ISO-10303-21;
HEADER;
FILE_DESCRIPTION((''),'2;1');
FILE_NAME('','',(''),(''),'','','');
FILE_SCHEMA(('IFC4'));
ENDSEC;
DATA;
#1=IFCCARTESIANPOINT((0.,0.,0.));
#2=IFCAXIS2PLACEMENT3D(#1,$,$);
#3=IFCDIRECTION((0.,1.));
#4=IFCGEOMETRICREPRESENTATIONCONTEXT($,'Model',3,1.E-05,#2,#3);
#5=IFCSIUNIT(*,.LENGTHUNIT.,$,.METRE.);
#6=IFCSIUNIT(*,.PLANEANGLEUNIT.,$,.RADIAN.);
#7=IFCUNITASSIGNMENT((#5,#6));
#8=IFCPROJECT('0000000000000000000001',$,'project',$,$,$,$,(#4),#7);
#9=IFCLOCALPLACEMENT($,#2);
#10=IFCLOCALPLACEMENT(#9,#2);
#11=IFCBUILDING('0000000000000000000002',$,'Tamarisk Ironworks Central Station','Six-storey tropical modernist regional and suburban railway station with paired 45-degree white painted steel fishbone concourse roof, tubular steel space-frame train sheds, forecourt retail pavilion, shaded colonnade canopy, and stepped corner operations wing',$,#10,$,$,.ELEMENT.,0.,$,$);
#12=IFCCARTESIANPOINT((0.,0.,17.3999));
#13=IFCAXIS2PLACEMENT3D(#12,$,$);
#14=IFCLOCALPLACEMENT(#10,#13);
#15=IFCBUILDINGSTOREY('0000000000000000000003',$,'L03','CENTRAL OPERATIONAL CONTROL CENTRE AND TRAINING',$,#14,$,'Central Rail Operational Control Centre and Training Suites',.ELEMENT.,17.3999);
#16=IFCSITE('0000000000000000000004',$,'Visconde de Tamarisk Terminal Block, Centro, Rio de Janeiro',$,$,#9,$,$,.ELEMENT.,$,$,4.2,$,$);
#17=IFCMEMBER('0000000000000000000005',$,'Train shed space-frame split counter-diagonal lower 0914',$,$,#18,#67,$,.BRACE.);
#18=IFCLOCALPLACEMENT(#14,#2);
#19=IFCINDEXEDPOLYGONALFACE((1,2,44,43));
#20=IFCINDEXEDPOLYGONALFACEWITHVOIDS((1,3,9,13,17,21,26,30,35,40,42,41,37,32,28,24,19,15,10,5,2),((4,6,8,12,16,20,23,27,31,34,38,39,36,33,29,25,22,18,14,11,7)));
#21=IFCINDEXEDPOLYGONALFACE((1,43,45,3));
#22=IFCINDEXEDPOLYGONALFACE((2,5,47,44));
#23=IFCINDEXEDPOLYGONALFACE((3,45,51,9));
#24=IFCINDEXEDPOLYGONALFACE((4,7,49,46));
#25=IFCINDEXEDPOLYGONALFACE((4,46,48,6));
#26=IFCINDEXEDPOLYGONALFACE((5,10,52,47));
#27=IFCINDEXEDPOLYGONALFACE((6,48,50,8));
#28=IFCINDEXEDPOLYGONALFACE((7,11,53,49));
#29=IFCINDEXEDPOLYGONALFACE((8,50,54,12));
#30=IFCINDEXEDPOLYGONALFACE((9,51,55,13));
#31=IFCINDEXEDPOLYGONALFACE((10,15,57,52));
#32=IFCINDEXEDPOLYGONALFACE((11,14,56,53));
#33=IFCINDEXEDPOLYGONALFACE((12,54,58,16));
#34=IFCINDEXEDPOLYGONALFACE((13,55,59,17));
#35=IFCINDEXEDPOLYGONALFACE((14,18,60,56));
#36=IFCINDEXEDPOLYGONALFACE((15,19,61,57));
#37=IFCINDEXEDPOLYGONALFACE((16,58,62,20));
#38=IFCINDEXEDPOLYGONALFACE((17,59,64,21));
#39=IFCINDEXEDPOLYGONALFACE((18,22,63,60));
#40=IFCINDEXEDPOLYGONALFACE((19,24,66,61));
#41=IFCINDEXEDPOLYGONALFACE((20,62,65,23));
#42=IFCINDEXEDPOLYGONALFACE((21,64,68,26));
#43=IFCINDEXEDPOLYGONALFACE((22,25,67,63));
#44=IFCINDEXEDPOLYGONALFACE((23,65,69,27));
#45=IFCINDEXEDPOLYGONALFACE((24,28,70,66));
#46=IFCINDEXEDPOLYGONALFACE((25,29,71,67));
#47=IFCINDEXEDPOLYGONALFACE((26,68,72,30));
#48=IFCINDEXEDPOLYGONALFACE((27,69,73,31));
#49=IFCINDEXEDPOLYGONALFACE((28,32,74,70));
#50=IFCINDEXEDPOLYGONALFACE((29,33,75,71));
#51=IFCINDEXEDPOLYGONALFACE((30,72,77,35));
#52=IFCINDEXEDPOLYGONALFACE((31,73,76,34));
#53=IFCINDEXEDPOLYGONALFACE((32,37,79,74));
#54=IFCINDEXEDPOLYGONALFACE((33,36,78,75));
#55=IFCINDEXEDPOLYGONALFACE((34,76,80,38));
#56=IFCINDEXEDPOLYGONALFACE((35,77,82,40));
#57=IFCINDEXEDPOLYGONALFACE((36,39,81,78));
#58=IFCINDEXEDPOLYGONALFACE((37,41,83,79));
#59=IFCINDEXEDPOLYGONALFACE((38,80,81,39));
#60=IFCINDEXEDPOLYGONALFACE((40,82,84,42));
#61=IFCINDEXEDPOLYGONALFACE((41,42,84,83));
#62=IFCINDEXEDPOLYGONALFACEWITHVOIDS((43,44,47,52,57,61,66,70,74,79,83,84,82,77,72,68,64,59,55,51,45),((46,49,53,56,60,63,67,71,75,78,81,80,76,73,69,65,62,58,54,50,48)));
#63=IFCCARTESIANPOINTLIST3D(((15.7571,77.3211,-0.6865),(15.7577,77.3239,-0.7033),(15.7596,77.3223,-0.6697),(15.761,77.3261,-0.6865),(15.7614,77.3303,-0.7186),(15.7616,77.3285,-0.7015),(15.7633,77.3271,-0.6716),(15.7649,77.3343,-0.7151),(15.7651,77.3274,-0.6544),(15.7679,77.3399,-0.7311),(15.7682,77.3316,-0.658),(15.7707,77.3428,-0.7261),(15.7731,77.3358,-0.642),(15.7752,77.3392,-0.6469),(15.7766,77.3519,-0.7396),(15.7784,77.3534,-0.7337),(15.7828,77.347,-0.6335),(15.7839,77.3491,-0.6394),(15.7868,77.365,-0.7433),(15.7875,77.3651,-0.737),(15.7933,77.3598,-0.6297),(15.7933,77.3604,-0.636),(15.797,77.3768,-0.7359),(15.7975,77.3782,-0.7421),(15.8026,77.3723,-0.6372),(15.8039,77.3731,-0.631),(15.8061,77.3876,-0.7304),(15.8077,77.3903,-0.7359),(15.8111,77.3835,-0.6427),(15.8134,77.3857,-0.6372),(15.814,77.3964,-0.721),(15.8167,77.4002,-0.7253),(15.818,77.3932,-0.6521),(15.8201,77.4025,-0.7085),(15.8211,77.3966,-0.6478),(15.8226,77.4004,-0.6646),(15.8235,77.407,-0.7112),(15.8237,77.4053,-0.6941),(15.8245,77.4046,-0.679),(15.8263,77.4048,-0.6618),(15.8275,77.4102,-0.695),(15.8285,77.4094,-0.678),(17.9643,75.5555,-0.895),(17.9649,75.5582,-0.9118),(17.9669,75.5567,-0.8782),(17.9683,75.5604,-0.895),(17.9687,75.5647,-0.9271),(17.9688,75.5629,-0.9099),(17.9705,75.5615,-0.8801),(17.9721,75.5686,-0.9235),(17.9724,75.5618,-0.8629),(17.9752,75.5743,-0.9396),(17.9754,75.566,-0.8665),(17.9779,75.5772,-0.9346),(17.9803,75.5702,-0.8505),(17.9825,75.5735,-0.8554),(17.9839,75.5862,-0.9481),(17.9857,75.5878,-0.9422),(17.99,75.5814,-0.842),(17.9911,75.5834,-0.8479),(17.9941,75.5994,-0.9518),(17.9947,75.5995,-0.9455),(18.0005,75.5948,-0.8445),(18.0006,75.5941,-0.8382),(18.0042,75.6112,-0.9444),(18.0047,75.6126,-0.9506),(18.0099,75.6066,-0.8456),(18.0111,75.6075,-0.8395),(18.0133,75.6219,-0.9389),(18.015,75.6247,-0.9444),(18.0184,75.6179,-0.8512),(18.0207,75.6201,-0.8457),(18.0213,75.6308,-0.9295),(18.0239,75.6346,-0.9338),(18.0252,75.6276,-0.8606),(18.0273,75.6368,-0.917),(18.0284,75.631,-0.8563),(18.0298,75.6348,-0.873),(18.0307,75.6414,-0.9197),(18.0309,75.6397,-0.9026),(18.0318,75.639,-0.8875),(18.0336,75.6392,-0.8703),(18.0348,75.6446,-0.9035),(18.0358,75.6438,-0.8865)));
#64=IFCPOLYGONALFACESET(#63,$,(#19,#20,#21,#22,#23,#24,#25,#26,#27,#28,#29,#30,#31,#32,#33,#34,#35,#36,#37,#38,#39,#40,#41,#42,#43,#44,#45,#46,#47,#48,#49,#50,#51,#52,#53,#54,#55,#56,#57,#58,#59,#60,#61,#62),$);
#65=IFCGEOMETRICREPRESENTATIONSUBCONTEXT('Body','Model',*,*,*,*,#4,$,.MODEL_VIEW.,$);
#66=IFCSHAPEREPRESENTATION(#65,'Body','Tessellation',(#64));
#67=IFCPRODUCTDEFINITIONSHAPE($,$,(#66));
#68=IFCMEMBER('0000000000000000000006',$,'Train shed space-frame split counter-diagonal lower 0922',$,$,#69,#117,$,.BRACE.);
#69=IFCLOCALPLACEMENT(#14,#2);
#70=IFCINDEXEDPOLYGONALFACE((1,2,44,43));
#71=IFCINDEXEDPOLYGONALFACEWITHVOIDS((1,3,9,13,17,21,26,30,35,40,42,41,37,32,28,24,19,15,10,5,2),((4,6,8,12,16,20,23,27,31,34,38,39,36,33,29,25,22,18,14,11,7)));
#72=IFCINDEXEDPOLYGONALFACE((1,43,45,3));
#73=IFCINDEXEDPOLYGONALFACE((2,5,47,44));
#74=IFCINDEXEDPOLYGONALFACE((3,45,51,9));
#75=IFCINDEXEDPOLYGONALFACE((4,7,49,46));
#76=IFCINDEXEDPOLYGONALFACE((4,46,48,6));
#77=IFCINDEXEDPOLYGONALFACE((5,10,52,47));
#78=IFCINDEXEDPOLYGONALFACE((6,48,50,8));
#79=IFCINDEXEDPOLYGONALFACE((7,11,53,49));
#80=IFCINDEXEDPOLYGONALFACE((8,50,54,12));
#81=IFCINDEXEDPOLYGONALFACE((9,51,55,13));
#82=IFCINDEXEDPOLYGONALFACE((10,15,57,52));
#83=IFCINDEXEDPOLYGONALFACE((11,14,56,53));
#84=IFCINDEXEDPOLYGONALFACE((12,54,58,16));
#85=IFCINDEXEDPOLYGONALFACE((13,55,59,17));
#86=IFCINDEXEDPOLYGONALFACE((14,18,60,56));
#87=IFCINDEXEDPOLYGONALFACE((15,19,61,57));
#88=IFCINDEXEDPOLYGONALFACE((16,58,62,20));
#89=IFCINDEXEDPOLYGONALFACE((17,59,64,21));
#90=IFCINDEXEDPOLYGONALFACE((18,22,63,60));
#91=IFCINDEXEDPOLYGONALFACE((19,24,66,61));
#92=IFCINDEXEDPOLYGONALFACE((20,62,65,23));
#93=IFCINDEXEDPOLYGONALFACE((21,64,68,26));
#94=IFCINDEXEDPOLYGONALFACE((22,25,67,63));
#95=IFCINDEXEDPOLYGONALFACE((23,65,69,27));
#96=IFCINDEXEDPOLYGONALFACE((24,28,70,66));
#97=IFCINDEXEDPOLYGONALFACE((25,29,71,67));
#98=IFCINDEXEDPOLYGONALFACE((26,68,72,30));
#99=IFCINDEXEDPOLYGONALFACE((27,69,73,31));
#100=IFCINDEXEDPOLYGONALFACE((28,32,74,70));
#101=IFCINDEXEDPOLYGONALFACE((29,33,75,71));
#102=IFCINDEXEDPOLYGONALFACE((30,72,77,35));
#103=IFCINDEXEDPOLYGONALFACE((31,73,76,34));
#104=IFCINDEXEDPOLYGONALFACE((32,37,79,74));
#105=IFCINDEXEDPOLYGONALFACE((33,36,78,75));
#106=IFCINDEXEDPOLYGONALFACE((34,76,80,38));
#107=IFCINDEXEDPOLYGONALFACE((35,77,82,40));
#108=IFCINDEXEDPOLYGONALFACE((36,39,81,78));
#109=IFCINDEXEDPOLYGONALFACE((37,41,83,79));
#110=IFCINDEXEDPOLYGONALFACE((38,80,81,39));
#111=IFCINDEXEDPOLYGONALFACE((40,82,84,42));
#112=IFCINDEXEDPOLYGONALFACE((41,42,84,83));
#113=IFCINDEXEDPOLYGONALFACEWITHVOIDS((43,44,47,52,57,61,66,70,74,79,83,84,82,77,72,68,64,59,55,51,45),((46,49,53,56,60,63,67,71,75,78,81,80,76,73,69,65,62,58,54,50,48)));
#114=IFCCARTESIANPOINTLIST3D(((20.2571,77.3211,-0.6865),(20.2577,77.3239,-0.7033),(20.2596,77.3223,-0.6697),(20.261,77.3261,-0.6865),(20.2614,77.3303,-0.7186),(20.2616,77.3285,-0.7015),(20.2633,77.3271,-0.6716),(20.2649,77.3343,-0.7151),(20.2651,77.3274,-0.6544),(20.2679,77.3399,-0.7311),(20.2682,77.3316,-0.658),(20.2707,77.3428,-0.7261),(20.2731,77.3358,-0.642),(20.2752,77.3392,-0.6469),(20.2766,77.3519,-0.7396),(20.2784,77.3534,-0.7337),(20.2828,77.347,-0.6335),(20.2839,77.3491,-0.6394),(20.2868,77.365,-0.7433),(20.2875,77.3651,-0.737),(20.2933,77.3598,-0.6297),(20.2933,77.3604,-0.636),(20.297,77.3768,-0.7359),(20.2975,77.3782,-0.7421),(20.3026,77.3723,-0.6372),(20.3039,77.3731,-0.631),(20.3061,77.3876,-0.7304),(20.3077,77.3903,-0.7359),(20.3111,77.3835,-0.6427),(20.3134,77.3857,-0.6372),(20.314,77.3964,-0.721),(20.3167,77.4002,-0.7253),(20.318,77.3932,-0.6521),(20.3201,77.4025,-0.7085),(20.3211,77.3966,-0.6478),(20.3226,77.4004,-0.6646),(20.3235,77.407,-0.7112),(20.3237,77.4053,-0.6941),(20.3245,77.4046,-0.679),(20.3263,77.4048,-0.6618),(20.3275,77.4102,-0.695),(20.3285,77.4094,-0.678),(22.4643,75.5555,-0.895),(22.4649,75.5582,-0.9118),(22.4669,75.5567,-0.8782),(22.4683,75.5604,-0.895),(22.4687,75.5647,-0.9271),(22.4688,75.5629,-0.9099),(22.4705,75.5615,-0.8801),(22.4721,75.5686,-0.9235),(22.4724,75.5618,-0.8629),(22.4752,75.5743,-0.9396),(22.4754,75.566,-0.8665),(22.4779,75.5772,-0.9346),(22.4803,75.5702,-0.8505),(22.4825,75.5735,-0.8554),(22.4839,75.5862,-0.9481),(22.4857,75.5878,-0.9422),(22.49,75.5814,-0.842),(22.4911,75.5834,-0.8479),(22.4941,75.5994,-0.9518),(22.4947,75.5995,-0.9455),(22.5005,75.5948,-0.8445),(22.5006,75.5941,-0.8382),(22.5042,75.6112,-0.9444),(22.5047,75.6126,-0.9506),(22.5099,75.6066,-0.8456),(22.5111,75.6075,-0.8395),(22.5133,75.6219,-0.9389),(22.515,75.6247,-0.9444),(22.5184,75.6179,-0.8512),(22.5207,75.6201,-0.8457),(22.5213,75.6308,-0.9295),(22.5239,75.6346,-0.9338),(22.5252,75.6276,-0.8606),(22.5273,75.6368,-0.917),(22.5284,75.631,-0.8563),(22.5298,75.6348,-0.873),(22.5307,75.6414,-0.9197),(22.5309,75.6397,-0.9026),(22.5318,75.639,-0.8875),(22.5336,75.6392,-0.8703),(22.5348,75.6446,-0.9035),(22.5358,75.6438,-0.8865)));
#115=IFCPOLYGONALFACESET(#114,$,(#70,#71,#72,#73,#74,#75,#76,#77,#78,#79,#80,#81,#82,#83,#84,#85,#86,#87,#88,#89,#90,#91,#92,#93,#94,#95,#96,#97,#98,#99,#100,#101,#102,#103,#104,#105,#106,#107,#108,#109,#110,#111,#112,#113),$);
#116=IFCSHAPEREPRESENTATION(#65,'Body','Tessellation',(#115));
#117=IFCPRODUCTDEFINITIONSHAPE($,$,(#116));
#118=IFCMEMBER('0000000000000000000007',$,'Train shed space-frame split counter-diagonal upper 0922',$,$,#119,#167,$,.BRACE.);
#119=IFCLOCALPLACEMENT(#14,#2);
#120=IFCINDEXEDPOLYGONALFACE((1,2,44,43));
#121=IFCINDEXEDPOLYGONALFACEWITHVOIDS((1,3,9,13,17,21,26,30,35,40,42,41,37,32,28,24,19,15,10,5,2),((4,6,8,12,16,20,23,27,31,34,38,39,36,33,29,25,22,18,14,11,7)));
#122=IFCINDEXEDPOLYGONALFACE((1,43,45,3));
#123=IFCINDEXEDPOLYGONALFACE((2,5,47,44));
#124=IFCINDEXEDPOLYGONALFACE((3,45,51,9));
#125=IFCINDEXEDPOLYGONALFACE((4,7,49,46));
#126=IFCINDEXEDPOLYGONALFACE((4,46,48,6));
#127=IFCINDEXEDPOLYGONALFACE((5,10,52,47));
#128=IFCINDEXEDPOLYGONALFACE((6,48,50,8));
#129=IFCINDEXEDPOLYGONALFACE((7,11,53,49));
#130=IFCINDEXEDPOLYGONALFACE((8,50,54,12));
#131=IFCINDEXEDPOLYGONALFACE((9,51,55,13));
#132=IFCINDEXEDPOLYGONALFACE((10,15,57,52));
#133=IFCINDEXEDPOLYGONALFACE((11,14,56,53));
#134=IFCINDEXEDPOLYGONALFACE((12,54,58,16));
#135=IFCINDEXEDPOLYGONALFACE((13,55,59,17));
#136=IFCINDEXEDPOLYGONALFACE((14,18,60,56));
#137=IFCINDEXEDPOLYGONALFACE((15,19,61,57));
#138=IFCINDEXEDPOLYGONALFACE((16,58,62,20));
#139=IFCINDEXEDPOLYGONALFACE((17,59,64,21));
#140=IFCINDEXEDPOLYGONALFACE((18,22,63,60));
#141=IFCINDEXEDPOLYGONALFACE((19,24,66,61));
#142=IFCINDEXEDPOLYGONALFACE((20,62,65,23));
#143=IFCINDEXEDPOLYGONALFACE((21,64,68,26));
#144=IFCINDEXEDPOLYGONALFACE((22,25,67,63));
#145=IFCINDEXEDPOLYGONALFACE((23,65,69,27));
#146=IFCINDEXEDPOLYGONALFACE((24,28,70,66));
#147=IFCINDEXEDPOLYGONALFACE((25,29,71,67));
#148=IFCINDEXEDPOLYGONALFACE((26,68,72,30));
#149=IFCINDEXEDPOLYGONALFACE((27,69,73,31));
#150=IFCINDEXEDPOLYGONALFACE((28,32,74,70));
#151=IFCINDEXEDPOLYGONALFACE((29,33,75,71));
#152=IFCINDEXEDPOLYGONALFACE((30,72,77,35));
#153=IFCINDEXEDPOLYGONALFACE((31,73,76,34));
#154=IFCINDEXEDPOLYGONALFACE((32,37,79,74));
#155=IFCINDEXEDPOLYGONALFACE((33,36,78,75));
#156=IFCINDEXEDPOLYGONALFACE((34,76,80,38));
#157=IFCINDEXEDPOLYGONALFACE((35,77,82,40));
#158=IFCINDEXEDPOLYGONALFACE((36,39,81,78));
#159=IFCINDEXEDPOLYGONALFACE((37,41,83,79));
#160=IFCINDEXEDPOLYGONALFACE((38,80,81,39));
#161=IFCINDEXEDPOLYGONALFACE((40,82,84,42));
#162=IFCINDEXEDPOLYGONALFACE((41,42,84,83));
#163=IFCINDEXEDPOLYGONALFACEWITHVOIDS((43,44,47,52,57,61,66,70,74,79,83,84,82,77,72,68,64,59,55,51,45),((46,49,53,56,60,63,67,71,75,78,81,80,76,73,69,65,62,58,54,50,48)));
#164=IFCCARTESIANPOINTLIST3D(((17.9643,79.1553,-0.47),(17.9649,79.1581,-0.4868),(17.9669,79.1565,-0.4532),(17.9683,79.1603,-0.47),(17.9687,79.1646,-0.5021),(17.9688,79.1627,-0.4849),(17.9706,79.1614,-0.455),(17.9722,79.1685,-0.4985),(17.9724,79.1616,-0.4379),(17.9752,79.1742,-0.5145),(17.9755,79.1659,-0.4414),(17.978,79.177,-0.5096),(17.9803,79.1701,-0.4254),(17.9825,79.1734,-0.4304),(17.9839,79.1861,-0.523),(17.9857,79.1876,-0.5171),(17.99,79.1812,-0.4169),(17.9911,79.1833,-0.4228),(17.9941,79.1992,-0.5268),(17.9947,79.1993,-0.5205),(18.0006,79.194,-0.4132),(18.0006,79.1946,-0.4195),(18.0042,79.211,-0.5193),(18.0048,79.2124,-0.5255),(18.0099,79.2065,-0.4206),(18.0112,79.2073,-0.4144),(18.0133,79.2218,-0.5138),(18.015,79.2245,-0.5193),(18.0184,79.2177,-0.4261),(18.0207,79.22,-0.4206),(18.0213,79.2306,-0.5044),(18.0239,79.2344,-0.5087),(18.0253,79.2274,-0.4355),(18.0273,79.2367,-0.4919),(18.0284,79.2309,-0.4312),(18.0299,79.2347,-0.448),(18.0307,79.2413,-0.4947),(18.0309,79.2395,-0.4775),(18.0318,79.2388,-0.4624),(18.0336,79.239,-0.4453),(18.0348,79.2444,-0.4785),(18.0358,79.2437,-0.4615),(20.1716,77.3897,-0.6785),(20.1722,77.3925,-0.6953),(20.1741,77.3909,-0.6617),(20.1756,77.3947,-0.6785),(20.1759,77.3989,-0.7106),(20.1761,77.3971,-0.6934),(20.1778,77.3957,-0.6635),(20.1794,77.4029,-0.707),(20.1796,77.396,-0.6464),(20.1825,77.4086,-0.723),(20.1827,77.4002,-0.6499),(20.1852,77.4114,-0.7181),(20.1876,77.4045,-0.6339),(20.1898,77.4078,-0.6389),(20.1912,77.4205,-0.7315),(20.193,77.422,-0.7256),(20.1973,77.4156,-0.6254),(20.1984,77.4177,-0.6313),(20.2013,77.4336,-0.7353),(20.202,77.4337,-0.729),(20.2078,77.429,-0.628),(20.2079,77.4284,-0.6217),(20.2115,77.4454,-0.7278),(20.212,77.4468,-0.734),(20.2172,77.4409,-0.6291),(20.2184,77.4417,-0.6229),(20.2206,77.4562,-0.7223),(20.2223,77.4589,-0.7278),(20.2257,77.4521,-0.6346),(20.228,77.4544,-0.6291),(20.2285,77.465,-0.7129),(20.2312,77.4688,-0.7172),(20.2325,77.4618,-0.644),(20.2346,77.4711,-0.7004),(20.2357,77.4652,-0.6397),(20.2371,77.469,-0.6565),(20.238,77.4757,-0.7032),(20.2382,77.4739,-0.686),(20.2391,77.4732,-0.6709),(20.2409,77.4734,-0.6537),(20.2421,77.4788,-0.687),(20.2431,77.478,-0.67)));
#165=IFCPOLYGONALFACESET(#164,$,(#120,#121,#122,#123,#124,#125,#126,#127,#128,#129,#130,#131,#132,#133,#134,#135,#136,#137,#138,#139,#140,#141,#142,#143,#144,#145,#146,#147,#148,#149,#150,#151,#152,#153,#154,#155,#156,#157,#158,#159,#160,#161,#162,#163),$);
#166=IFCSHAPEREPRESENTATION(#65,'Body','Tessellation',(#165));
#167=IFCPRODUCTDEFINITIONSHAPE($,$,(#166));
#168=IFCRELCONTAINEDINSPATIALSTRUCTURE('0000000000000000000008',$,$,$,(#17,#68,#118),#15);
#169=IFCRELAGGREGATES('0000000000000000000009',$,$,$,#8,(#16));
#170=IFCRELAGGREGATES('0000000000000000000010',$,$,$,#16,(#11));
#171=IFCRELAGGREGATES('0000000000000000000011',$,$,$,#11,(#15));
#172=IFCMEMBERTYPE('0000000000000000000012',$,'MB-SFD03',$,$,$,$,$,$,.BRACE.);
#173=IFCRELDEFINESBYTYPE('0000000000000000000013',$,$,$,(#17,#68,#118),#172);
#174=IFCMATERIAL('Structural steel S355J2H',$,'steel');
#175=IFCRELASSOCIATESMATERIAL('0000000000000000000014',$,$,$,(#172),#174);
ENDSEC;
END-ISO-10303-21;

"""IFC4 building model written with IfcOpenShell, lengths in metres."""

from ifc_helpers import new_model, si_unit, direction, frame, origin, origin_2d, place, context, subcontext, project, spatial, hollow_circle, extrude, material, material_profile, profile_set, type_object, element, save


model = new_model("IFC4")

# Units and contexts
model_context = context("Model", 3, precision=1e-05, world=origin(), true_north=direction((0.0, 1.0)))
body_context = subcontext(model_context, "Body", "Model", "MODEL_VIEW")
ifc_project = project(units=[si_unit("LENGTHUNIT", "METRE"), si_unit("PLANEANGLEUNIT", "RADIAN")], contexts=[model_context])

# Site, building, storey
site_placement = place(None, origin())
site = spatial("IfcSite", under=ifc_project, at=site_placement, Name="Visconde de Tamarisk Terminal Block, Centro, Rio de Janeiro", CompositionType="ELEMENT", RefElevation=4.2)
building_placement = place(site_placement, origin())
building = spatial("IfcBuilding", under=site, at=building_placement, Name="Tamarisk Ironworks Central Station", Description="Six-storey tropical modernist regional and suburban railway station with paired 45-degree white painted steel fishbone concourse roof, tubular steel space-frame train sheds, forecourt retail pavilion, shaded colonnade canopy, and stepped corner operations wing", CompositionType="ELEMENT", ElevationOfRefHeight=0.0)
storey_placement = place(building_placement, frame((0.0, 0.0, 17.3999)))
storey = spatial("IfcBuildingStorey", under=building, at=storey_placement, Name="L03", Description="CENTRAL OPERATIONAL CONTROL CENTRE AND TRAINING", LongName="Central Rail Operational Control Centre and Training Suites", CompositionType="ELEMENT", Elevation=17.3999)

# Members
ifc_material_1 = material(Name="Structural steel S355J2H", Category="steel")
ifc_material_profile_1 = material_profile(ifc_material_1, hollow_circle(Radius=0.0571, WallThickness=0.0063, at=origin_2d()), Name="CHS 114.3x6.3")
ifc_profile_set_1 = profile_set([ifc_material_profile_1], Name="Structural steel S355J2H")
member_type_1 = type_object("IfcMemberType", Name="MB-SFD03", PredefinedType="BRACE", material=ifc_profile_set_1)
for number, where, z_axis, x_axis, name in (
    (1, (18.0, 75.6001, -0.895), (-0.778787, 0.62296, 0.073563), (-0.624653, -0.780903, 0.0), "Train shed space-frame split counter-diagonal lower 0914"),
    (2, (22.5, 75.6001, -0.895), (-0.778787, 0.62296, 0.073563), (-0.624653, -0.780903, 0.0), "Train shed space-frame split counter-diagonal lower 0922"),
    (3, (20.2073, 77.4343, -0.6785), (-0.778787, 0.62296, 0.073563), (-0.624653, -0.780903, 0.0), "Train shed space-frame split counter-diagonal upper 0922"),
):
    element("IfcMember", number, at=place(storey_placement, frame(where, z_axis=z_axis, x_axis=x_axis)), inside=storey, type_object=member_type_1, Name=name, PredefinedType="BRACE", context=body_context, shape_type="SweptSolid", body=[
        extrude(hollow_circle(Radius=0.0571, WallThickness=0.0063, at=origin_2d()), origin(), (0.0, 0.0, 1.0), 2.8342),
    ])

save(model, "model.ifc")
